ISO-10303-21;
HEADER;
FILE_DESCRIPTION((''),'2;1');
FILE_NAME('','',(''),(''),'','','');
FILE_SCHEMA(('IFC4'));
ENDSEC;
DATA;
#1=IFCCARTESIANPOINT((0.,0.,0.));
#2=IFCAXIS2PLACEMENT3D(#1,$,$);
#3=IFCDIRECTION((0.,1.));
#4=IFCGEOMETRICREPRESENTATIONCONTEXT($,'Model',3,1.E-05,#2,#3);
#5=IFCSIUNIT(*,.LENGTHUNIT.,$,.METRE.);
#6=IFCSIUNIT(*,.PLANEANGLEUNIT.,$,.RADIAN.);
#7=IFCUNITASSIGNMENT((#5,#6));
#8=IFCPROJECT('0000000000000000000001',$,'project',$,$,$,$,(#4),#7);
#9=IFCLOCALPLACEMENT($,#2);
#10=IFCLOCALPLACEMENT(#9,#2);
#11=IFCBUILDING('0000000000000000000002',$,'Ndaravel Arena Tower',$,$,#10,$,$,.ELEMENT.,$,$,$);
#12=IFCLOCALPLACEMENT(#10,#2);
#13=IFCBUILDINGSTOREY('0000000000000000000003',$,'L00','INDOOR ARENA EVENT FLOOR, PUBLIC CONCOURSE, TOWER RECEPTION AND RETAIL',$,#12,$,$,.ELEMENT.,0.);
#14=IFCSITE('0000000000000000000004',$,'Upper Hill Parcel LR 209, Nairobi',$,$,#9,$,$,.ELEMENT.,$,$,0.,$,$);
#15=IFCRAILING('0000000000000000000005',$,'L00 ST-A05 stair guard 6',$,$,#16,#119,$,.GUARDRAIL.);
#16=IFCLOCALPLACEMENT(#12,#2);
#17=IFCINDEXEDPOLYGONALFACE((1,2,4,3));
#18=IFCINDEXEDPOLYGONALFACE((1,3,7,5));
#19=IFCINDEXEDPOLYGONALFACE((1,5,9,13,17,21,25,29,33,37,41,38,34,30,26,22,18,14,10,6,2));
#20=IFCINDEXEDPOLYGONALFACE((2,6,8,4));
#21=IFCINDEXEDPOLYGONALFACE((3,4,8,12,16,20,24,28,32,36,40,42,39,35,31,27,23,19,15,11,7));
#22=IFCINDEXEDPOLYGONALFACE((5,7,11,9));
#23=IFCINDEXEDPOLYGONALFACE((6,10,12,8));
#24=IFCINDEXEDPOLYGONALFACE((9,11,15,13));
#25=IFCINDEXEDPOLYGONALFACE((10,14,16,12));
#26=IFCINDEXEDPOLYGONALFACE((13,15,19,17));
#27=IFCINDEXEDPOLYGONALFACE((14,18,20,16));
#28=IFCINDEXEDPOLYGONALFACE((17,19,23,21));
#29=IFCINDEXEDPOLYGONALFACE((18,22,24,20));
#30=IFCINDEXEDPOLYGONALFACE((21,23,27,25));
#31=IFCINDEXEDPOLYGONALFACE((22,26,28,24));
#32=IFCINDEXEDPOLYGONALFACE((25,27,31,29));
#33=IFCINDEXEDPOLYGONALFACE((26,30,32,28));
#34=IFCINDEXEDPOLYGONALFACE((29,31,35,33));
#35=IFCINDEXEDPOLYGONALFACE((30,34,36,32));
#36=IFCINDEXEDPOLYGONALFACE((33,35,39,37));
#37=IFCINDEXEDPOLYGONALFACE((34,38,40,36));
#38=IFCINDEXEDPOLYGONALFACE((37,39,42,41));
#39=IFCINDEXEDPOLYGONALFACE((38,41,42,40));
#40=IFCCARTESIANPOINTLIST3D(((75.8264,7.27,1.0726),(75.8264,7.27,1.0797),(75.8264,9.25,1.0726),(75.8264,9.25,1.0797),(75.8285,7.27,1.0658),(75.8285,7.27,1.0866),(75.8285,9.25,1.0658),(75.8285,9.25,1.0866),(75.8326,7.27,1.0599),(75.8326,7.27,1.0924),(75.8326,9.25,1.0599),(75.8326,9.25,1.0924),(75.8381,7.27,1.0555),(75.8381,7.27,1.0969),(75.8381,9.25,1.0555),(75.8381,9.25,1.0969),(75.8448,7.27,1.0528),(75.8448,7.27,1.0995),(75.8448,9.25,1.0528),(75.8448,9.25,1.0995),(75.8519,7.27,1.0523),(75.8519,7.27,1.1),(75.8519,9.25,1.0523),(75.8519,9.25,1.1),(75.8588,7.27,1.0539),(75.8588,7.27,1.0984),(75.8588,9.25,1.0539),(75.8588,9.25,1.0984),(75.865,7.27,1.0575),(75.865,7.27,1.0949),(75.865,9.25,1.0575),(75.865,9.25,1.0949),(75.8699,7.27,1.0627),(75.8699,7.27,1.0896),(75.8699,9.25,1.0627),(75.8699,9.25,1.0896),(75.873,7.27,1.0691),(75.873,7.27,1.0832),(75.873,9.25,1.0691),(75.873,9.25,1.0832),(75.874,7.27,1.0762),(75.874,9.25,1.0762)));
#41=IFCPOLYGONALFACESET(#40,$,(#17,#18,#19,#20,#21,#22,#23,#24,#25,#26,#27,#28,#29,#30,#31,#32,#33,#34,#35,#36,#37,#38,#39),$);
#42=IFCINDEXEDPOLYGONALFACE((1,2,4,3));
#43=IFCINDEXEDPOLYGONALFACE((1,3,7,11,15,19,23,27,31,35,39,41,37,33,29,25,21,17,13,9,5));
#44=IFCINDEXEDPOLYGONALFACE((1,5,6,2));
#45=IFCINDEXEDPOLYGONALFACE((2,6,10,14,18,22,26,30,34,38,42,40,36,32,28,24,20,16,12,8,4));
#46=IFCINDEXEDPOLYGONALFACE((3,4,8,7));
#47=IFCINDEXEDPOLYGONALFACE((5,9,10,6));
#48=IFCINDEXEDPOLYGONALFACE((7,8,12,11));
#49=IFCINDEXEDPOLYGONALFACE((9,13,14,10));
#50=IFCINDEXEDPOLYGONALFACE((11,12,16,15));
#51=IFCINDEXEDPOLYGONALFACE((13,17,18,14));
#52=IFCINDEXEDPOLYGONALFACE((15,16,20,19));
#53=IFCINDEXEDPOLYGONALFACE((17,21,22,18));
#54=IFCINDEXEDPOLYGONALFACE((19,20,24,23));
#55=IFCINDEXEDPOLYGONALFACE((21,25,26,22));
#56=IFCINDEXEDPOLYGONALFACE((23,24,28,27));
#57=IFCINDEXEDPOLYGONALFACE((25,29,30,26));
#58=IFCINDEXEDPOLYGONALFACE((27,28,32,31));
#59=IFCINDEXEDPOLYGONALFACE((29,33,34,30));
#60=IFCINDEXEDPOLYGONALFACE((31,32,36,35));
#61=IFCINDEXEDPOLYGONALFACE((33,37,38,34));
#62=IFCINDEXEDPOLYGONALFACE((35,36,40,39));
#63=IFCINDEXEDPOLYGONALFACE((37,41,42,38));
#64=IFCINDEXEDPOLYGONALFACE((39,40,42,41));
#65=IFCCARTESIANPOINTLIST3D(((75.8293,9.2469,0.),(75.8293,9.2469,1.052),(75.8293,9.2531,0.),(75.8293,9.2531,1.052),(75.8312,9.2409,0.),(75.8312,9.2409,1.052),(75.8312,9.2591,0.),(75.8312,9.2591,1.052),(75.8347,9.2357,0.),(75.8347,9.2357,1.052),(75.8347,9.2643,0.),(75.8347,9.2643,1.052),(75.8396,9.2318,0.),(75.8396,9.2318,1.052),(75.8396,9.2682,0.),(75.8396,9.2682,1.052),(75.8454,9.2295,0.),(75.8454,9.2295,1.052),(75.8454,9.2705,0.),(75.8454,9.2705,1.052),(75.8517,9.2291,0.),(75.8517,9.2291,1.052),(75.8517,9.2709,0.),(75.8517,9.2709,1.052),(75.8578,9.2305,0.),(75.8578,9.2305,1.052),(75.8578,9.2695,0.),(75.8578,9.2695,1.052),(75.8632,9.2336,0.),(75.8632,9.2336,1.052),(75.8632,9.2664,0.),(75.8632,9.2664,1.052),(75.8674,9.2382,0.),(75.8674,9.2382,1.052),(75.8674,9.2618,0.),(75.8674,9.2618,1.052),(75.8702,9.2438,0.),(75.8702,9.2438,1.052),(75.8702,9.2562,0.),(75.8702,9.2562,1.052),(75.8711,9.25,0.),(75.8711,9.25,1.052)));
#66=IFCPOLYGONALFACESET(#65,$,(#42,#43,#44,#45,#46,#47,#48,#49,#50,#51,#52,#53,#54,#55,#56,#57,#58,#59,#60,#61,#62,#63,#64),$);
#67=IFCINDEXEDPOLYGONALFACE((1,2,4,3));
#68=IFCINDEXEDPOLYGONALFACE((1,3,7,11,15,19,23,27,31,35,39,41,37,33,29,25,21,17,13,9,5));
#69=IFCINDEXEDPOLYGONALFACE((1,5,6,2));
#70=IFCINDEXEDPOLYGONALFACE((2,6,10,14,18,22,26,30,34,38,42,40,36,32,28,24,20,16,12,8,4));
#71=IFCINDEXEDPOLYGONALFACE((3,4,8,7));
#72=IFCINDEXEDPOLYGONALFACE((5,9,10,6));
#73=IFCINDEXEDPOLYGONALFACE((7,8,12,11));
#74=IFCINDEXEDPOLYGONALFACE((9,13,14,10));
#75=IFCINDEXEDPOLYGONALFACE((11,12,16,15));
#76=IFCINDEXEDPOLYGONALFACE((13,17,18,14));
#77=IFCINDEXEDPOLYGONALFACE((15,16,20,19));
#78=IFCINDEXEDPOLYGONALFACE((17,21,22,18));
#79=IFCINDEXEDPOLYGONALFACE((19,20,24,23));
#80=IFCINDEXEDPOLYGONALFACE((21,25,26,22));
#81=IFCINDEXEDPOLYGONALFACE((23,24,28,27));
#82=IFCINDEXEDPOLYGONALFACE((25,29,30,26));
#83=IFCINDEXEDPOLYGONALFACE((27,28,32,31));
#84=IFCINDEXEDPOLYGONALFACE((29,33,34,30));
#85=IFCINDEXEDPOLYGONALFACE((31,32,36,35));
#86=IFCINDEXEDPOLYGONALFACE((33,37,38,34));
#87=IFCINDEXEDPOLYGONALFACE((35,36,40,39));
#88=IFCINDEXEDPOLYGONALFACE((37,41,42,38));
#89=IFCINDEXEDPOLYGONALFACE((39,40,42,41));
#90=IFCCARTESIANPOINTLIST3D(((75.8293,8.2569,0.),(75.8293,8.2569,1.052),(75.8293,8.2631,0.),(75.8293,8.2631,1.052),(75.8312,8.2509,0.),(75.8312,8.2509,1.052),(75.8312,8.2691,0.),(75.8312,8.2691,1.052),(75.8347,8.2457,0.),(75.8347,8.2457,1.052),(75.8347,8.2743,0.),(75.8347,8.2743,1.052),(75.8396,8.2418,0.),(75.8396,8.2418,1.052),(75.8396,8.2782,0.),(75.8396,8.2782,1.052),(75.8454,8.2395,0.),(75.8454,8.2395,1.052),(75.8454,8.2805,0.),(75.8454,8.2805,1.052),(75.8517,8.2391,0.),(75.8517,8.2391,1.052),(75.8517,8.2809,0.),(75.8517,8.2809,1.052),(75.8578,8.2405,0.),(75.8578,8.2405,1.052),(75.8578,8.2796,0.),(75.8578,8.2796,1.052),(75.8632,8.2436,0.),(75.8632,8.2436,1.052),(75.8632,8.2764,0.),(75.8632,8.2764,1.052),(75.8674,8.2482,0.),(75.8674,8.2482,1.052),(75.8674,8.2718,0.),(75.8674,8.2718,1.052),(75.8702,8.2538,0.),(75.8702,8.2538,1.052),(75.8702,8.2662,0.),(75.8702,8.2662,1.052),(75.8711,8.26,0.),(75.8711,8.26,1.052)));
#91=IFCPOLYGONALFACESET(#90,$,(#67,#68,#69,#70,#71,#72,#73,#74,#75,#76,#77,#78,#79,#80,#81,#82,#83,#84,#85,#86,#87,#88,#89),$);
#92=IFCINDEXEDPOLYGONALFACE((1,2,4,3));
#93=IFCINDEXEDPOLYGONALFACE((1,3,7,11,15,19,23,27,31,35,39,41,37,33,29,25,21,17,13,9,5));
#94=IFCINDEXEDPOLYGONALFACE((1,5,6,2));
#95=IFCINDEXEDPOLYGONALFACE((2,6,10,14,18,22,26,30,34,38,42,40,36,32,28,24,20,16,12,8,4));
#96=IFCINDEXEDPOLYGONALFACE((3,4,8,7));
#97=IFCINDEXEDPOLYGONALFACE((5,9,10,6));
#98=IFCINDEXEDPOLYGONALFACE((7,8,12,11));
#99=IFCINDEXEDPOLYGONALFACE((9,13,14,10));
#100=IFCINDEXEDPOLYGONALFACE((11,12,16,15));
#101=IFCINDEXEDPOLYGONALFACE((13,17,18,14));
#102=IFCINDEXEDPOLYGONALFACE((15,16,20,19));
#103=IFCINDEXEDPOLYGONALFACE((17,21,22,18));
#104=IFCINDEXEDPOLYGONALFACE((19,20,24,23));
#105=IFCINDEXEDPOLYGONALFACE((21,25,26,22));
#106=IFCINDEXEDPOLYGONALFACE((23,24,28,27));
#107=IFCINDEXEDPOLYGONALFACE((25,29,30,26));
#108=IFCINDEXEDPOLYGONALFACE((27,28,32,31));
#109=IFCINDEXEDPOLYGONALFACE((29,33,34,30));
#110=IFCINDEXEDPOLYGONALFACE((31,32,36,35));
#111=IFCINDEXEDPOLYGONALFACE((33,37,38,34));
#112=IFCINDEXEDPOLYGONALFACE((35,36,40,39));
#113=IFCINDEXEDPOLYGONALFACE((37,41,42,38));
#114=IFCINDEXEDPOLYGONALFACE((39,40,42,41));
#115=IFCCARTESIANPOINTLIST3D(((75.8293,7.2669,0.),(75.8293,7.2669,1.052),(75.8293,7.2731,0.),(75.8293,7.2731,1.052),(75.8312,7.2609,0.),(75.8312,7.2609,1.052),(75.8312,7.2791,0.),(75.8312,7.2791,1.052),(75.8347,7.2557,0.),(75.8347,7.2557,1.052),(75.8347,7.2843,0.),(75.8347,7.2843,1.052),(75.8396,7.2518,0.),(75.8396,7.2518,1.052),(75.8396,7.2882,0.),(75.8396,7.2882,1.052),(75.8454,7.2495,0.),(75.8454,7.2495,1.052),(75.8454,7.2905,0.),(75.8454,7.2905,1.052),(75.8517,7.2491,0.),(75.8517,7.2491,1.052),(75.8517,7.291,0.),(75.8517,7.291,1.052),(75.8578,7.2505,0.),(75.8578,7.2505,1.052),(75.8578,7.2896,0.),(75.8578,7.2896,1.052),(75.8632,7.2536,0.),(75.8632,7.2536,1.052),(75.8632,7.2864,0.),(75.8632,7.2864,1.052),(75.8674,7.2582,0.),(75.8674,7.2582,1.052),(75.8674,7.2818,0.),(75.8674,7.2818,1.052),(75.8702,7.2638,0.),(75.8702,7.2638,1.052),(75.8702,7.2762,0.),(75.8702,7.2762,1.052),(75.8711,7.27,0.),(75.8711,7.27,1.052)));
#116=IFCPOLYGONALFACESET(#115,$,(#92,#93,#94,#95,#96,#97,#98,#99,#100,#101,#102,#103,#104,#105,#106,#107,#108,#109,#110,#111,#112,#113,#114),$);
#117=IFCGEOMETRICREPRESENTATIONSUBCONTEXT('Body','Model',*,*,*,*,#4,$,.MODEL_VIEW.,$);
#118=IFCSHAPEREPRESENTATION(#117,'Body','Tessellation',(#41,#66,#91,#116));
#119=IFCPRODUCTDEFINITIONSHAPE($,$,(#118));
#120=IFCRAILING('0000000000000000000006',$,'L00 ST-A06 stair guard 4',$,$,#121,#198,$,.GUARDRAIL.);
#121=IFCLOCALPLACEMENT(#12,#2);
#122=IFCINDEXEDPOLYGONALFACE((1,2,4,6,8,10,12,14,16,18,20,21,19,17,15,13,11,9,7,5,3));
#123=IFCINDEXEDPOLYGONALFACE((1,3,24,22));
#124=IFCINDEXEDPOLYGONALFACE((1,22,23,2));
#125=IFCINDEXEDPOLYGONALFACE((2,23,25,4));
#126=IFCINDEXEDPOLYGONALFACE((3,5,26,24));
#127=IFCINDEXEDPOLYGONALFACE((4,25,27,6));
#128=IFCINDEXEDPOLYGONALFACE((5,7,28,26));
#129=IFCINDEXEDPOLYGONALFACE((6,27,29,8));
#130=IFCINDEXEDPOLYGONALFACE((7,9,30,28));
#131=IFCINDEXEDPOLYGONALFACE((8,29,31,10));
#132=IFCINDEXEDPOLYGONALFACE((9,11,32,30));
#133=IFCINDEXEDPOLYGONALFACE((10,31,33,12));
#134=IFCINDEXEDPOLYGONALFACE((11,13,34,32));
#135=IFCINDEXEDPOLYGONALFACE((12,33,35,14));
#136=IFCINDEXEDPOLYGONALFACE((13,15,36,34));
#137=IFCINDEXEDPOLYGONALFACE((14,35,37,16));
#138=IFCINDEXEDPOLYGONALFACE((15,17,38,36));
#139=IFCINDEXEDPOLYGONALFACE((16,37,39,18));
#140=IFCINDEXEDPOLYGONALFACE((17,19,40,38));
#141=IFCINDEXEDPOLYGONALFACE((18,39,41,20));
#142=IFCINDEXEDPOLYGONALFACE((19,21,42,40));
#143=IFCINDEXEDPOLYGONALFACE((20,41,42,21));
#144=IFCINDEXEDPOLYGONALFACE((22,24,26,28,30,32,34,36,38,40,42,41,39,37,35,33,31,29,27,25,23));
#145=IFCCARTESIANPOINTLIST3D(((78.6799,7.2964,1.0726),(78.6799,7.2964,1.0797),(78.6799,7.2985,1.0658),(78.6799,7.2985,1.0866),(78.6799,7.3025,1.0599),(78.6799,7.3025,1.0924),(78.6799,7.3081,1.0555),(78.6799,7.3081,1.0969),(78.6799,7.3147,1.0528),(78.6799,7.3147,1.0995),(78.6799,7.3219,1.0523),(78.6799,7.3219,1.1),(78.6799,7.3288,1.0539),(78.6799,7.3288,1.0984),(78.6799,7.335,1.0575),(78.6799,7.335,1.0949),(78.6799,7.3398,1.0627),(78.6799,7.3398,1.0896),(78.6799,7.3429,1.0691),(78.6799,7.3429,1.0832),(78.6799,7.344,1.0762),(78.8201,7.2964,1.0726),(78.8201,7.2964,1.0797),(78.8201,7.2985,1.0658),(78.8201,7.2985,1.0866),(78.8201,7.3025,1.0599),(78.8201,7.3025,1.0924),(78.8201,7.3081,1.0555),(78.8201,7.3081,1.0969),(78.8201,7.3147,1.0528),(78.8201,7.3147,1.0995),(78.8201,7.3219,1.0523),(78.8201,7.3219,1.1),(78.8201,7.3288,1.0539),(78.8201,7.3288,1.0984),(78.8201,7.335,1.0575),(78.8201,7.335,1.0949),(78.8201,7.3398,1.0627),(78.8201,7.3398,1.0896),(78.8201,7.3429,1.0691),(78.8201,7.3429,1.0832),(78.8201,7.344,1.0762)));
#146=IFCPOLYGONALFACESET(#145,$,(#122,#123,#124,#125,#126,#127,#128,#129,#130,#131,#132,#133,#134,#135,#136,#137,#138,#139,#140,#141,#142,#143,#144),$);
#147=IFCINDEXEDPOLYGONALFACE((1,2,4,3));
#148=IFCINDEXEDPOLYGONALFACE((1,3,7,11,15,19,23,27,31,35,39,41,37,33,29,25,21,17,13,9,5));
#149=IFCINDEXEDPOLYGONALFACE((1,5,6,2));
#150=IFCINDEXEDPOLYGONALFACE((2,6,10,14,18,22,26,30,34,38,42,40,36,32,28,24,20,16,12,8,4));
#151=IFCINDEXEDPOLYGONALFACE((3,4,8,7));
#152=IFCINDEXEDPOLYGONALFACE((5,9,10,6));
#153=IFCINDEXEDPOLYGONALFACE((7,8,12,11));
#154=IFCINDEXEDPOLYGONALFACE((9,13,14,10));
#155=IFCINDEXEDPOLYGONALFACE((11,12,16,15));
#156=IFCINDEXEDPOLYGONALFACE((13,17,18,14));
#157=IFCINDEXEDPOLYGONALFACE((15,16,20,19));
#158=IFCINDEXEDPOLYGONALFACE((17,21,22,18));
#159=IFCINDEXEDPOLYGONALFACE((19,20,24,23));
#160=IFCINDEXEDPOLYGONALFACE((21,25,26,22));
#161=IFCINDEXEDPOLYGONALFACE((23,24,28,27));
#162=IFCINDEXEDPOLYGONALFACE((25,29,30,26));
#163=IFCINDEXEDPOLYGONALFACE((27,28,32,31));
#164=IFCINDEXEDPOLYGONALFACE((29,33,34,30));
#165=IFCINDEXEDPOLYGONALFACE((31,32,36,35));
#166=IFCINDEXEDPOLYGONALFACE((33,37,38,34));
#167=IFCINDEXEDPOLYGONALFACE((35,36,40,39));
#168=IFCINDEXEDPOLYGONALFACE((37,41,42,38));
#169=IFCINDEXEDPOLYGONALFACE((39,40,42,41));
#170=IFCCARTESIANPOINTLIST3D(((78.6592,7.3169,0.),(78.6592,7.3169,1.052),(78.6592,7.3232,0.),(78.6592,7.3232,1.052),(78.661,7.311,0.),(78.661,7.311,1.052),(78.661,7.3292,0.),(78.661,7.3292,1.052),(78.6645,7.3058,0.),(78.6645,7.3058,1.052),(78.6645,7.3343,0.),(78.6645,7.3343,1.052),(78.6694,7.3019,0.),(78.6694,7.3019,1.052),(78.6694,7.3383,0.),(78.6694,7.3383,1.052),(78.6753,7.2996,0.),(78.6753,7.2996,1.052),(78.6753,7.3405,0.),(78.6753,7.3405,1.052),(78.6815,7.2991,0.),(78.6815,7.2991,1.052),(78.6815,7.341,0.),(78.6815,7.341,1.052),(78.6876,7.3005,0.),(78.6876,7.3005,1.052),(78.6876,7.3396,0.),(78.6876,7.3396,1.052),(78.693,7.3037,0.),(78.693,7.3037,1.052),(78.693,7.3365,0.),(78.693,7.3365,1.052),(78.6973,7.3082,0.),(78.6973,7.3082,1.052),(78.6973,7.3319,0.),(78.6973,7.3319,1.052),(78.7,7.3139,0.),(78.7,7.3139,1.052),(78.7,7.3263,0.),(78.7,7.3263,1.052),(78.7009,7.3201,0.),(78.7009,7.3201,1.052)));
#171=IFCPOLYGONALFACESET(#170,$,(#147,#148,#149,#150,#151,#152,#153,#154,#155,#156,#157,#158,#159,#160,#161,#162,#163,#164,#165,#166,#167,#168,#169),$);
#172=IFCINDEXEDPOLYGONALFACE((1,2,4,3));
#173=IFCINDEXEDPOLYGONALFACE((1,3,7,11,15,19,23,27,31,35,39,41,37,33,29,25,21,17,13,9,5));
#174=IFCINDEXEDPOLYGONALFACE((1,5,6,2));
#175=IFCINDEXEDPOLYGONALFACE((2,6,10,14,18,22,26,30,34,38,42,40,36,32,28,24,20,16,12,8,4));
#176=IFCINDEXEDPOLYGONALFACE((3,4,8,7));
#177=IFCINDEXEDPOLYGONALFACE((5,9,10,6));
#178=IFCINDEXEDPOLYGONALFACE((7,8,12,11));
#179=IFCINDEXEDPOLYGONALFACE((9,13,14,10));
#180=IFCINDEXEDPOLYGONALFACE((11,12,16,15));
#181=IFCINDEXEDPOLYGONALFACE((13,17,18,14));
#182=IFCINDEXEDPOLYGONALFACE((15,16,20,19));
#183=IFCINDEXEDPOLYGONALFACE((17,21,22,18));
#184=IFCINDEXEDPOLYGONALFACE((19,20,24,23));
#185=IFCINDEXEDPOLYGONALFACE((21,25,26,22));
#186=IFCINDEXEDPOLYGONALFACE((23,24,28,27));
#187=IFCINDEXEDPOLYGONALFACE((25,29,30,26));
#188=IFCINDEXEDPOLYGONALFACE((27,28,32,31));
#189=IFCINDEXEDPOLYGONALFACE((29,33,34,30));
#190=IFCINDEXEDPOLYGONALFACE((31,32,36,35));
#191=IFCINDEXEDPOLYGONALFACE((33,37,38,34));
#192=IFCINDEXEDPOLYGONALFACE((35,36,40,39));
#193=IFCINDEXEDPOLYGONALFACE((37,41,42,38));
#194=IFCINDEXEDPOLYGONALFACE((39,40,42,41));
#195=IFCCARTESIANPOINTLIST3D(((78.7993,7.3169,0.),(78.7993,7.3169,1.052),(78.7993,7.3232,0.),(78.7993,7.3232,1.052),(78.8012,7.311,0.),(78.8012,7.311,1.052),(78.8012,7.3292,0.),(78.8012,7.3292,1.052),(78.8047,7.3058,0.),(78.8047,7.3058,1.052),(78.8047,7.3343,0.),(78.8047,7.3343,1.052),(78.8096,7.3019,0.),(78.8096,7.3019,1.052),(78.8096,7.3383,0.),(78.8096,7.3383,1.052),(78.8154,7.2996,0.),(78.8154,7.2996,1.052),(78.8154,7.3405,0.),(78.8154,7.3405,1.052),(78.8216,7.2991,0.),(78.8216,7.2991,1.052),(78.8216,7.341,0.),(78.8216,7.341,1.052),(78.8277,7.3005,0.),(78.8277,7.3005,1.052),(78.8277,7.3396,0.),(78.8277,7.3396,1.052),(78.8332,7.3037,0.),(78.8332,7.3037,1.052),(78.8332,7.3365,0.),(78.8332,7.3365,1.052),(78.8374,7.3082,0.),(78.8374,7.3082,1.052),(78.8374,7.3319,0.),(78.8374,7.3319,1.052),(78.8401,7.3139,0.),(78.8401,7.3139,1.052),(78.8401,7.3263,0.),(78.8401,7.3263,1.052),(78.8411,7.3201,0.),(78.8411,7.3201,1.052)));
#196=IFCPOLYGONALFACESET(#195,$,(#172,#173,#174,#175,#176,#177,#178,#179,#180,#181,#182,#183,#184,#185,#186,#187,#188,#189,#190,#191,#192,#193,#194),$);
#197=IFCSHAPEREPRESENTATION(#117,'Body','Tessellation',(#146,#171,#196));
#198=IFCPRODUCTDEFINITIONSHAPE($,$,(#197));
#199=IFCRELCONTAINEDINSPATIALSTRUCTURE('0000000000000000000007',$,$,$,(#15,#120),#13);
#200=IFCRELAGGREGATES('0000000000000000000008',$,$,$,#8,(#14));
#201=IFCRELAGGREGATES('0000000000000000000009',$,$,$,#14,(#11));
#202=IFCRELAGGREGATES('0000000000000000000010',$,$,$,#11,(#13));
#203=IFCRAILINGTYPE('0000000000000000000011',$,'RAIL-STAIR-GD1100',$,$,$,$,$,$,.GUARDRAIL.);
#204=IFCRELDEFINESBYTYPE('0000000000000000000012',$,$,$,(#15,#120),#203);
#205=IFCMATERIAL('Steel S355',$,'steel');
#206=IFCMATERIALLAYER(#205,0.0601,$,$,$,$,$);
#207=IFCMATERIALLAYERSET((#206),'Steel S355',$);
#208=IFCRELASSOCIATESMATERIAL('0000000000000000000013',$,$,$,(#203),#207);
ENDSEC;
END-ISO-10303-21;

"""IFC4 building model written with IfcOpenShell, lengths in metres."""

from ifc_helpers import new_model, si_unit, direction, frame, origin, origin_2d, place, context, subcontext, project, spatial, circle, extrude, material, layer, layer_set, type_object, element, save


model = new_model("IFC4")

# Units and contexts
model_context = context("Model", 3, precision=1e-05, world=origin(), true_north=direction((0.0, 1.0)))
body_context = subcontext(model_context, "Body", "Model", "MODEL_VIEW")
ifc_project = project(units=[si_unit("LENGTHUNIT", "METRE"), si_unit("PLANEANGLEUNIT", "RADIAN")], contexts=[model_context])

# Site, building, storey
site_placement = place(None, origin())
site = spatial("IfcSite", under=ifc_project, at=site_placement, Name="Upper Hill Parcel LR 209, Nairobi", CompositionType="ELEMENT", RefElevation=0.0)
building_placement = place(site_placement, origin())
building = spatial("IfcBuilding", under=site, at=building_placement, Name="Ndaravel Arena Tower", CompositionType="ELEMENT")
storey_placement = place(building_placement, origin())
storey = spatial("IfcBuildingStorey", under=building, at=storey_placement, Name="L00", Description="INDOOR ARENA EVENT FLOOR, PUBLIC CONCOURSE, TOWER RECEPTION AND RETAIL", CompositionType="ELEMENT", Elevation=0.0)

# Railings
ifc_material_1 = material(Name="Steel S355", Category="steel")
ifc_layer_1 = layer(ifc_material_1, 0.0601)
ifc_layer_set_1 = layer_set([ifc_layer_1], Name="Steel S355")
railing_type = type_object("IfcRailingType", Name="RAIL-STAIR-GD1100", PredefinedType="GUARDRAIL", material=ifc_layer_set_1)
for number, where, name in (
    (1, (75.8501, 9.25, 0.0), "L00 ST-A05 stair guard 6"),
):
    element("IfcRailing", number, at=place(storey_placement, frame(where)), inside=storey, type_object=railing_type, Name=name, PredefinedType="GUARDRAIL", context=body_context, shape_type="SweptSolid", body=[
        extrude(circle(Radius=0.0239, at=origin_2d()), frame((0.0, 0.0, 1.0762), z_axis=(0.0, -1.0, 0.0), x_axis=(1.0, 0.0, 0.0)), (0.0, 0.0, 1.0), 1.98),
        extrude(circle(Radius=0.021, at=origin_2d()), origin(), (0.0, 0.0, 1.0), 1.052),
        extrude(circle(Radius=0.021, at=origin_2d()), frame((0.0, -0.99, 0.0)), (0.0, 0.0, 1.0), 1.052),
        extrude(circle(Radius=0.021, at=origin_2d()), frame((0.0, -1.98, 0.0)), (0.0, 0.0, 1.0), 1.052),
    ])
railing_1_placement = place(storey_placement, frame((78.6799, 7.3201, 0.0)))
element("IfcRailing", 2, at=railing_1_placement, inside=storey, type_object=railing_type, Name="L00 ST-A06 stair guard 4", PredefinedType="GUARDRAIL", context=body_context, shape_type="SweptSolid", body=[
    extrude(circle(Radius=0.0239, at=origin_2d()), frame((0.0, 0.0, 1.0762), z_axis=(1.0, 0.0, 0.0), x_axis=(0.0, 1.0, 0.0)), (0.0, 0.0, 1.0), 0.1401),
    extrude(circle(Radius=0.021, at=origin_2d()), origin(), (0.0, 0.0, 1.0), 1.052),
    extrude(circle(Radius=0.021, at=origin_2d()), frame((0.1401, 0.0, 0.0)), (0.0, 0.0, 1.0), 1.052),
])

save(model, "model.ifc")
